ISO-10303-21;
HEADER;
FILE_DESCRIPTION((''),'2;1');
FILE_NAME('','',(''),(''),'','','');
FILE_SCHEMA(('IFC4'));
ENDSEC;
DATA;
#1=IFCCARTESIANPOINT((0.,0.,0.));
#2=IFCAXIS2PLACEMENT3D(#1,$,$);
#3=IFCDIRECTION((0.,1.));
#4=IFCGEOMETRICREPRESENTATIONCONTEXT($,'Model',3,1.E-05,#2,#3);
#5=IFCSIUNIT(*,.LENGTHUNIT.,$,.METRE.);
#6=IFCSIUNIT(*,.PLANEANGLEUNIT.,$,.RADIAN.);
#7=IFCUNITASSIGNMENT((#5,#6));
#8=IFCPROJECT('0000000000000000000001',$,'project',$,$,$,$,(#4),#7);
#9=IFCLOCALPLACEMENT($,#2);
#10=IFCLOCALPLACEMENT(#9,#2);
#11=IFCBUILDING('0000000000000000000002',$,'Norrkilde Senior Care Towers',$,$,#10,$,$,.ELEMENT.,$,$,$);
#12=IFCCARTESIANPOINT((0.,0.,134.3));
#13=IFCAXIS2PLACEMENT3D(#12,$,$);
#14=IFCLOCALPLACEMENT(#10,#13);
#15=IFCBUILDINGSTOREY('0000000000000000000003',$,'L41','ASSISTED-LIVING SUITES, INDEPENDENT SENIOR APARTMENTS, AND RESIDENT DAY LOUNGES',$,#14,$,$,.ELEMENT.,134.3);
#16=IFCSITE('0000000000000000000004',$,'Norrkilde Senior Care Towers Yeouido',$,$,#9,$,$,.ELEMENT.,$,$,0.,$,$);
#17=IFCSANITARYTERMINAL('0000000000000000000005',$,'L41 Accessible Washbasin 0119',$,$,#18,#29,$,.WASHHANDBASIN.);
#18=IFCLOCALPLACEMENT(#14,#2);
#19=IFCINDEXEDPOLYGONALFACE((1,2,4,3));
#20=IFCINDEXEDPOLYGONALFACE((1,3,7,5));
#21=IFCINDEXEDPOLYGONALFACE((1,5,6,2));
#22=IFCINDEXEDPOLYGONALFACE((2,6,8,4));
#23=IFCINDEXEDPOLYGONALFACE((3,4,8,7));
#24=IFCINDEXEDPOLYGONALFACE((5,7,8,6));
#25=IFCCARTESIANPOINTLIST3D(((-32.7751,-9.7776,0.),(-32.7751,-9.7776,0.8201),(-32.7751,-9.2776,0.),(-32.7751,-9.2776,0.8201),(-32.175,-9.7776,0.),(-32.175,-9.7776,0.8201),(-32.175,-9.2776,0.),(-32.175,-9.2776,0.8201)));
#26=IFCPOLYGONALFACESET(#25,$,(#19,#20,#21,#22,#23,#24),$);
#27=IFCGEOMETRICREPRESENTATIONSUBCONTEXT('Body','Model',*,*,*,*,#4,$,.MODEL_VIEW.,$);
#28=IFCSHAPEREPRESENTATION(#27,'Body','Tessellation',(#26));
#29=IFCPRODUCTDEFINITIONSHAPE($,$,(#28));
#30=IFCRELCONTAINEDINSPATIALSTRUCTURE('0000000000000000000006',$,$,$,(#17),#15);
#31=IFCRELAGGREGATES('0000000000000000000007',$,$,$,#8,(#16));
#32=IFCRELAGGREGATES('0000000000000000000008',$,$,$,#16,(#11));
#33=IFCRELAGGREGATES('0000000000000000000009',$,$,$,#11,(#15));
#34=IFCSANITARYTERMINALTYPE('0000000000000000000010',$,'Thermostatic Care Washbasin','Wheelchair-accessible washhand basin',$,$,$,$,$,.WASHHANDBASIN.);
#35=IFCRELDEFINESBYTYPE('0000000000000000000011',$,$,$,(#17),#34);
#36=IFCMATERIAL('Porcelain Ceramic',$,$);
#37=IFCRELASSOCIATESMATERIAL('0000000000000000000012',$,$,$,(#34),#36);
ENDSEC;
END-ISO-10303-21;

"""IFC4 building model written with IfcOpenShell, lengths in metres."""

from ifc_helpers import new_model, si_unit, direction, frame, origin, origin_2d, place, context, subcontext, project, spatial, rectangle, extrude, source, transform, mapped, material, type_object, type_shapes, element, save


model = new_model("IFC4")

# Units and contexts
model_context = context("Model", 3, precision=1e-05, world=origin(), true_north=direction((0.0, 1.0)))
body_context = subcontext(model_context, "Body", "Model", "MODEL_VIEW")
ifc_project = project(units=[si_unit("LENGTHUNIT", "METRE"), si_unit("PLANEANGLEUNIT", "RADIAN")], contexts=[model_context])

# Site, building, storey
site_placement = place(None, origin())
site = spatial("IfcSite", under=ifc_project, at=site_placement, Name="Norrkilde Senior Care Towers Yeouido", CompositionType="ELEMENT", RefElevation=0.0)
building_placement = place(site_placement, origin())
building = spatial("IfcBuilding", under=site, at=building_placement, Name="Norrkilde Senior Care Towers", CompositionType="ELEMENT")
storey_placement = place(building_placement, frame((0.0, 0.0, 134.3)))
storey = spatial("IfcBuildingStorey", under=building, at=storey_placement, Name="L41", Description="ASSISTED-LIVING SUITES, INDEPENDENT SENIOR APARTMENTS, AND RESIDENT DAY LOUNGES", CompositionType="ELEMENT", Elevation=134.3)

# Sanitary terminal
ifc_material_1 = material(Name="Porcelain Ceramic")
sanitary_terminal_type_1 = type_object("IfcSanitaryTerminalType", Name="Thermostatic Care Washbasin", Description="Wheelchair-accessible washhand basin", PredefinedType="WASHHANDBASIN", material=ifc_material_1)
shared_shape_1 = source(origin(), body_context, "Body", "SweptSolid", [
    extrude(rectangle(XDim=0.6001, YDim=0.5, at=origin_2d()), origin(), (0.0, 0.0, 1.0), 0.8201),
])
type_shapes(sanitary_terminal_type_1, [shared_shape_1])
sanitary_terminal_1_placement = place(storey_placement, frame((-32.4751, -9.5276, 0.0), z_axis=(0.0, 0.0, 1.0), x_axis=(1.0, 0.0, 0.0)))
element("IfcSanitaryTerminal", 1, at=sanitary_terminal_1_placement, inside=storey, type_object=sanitary_terminal_type_1, Name="L41 Accessible Washbasin 0119", PredefinedType="WASHHANDBASIN", context=body_context, shape_type="MappedRepresentation", body=[
    mapped(shared_shape_1, transform((0.0, 0.0, 0.0), x_axis=(1.0, 0.0, 0.0), y_axis=(0.0, 1.0, 0.0), z_axis=(0.0, 0.0, 1.0), scale=1.0)),
])

save(model, "model.ifc")
